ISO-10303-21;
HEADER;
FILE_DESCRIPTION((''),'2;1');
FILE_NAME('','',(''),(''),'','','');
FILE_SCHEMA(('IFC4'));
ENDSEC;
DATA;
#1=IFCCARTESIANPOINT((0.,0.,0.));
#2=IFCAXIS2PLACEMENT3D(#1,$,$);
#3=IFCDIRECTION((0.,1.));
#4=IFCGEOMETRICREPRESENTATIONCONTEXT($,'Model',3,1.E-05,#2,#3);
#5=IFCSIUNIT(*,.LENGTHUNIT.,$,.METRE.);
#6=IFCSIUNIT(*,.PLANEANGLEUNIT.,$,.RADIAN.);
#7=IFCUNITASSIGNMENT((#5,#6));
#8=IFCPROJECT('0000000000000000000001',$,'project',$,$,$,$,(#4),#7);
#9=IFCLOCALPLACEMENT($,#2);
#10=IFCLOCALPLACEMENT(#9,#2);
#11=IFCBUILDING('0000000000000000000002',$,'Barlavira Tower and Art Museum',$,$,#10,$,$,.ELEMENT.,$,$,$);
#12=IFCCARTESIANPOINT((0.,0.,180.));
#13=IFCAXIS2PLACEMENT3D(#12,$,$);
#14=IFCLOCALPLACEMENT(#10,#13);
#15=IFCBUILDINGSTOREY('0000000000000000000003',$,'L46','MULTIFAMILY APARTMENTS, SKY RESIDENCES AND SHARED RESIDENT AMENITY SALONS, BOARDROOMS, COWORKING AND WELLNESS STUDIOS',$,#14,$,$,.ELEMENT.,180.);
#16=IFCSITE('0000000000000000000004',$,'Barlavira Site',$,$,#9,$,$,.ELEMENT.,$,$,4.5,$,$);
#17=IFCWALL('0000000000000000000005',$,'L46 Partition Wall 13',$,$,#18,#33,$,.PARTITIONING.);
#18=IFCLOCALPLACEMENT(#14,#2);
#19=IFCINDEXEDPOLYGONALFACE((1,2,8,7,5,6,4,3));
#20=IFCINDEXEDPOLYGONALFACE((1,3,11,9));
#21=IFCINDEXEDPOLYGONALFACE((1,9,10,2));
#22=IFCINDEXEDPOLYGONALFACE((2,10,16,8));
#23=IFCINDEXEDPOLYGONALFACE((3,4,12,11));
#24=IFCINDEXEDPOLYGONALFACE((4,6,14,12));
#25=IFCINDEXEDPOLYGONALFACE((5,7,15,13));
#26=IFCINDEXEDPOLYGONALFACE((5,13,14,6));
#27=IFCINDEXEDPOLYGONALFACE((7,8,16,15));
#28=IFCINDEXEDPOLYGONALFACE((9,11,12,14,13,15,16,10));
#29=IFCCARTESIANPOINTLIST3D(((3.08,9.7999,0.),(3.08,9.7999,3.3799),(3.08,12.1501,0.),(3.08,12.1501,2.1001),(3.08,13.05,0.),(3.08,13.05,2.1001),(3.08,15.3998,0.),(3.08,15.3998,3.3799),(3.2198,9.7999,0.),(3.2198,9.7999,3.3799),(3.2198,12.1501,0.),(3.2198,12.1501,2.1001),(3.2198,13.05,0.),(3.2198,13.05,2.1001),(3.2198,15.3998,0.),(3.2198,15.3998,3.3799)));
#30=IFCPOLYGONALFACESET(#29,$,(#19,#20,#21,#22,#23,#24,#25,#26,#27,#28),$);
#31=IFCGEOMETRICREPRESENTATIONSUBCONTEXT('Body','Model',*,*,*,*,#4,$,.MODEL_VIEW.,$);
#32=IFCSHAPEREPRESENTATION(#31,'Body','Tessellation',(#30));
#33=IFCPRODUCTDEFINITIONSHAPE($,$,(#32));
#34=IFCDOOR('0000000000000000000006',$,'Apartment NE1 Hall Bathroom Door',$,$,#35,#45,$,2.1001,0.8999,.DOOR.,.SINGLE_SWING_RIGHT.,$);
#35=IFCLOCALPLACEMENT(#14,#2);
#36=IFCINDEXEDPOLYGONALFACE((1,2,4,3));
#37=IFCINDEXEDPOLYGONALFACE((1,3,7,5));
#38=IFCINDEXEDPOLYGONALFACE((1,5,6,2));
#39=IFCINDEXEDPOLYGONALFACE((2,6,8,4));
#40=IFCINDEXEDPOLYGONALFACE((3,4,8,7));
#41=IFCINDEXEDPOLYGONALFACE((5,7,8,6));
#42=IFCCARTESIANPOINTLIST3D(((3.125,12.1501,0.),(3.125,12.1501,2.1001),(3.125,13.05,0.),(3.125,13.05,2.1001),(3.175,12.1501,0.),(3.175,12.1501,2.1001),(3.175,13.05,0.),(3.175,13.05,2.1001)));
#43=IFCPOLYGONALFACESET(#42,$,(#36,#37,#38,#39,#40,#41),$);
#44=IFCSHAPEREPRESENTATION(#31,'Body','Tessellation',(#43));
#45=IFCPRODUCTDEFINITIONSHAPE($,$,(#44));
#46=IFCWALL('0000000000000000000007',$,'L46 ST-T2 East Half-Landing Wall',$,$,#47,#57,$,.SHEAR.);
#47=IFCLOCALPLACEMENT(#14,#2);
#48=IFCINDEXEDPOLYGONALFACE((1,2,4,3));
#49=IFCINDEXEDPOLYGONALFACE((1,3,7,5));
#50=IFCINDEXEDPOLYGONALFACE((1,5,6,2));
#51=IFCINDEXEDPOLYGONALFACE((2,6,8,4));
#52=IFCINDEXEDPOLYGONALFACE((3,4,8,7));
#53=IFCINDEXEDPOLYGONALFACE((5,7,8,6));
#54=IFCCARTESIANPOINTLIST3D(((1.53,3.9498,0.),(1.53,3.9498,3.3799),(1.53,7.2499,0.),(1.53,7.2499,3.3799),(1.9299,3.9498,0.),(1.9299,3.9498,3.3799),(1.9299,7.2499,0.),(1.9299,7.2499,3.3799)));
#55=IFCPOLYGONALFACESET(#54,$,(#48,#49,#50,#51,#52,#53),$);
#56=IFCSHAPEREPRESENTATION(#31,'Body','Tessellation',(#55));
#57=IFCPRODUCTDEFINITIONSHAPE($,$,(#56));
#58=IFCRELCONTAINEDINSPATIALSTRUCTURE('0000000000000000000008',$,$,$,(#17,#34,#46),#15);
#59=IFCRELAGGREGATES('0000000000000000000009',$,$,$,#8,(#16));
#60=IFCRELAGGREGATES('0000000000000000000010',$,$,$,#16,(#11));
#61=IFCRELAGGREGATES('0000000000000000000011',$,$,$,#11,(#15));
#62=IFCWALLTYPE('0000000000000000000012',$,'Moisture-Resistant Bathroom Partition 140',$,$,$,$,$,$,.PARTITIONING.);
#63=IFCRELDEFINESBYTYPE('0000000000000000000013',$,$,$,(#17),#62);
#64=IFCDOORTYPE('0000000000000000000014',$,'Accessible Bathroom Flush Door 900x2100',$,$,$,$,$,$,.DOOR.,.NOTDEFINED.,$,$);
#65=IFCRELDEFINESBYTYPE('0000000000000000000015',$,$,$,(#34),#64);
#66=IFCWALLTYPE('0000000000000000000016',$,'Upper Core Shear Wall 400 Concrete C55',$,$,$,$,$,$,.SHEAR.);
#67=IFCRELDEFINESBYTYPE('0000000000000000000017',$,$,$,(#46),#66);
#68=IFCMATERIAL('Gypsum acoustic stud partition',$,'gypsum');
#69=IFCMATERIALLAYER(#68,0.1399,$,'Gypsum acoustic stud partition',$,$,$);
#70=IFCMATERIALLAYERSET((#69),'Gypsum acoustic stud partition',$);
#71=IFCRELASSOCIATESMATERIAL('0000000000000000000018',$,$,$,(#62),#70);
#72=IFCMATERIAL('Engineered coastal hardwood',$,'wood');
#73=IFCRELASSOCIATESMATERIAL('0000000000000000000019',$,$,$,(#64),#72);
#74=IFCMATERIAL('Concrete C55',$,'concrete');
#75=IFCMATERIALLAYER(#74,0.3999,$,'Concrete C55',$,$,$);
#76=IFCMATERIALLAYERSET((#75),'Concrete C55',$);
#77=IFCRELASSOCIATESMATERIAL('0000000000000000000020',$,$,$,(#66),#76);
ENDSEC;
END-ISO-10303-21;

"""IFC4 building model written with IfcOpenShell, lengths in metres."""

from ifc_helpers import new_model, si_unit, direction, frame, frame_2d, origin, place, context, subcontext, project, spatial, rectangle, extrude, material, layer, layer_set, type_object, element, fill, save


model = new_model("IFC4")

# Units and contexts
model_context = context("Model", 3, precision=1e-05, world=origin(), true_north=direction((0.0, 1.0)))
body_context = subcontext(model_context, "Body", "Model", "MODEL_VIEW")
ifc_project = project(units=[si_unit("LENGTHUNIT", "METRE"), si_unit("PLANEANGLEUNIT", "RADIAN")], contexts=[model_context])

# Site, building, storey
site_placement = place(None, origin())
site = spatial("IfcSite", under=ifc_project, at=site_placement, Name="Barlavira Site", CompositionType="ELEMENT", RefElevation=4.5)
building_placement = place(site_placement, origin())
building = spatial("IfcBuilding", under=site, at=building_placement, Name="Barlavira Tower and Art Museum", CompositionType="ELEMENT")
storey_placement = place(building_placement, frame((0.0, 0.0, 180.0)))
storey = spatial("IfcBuildingStorey", under=building, at=storey_placement, Name="L46", Description="MULTIFAMILY APARTMENTS, SKY RESIDENCES AND SHARED RESIDENT AMENITY SALONS, BOARDROOMS, COWORKING AND WELLNESS STUDIOS", CompositionType="ELEMENT", Elevation=180.0)

# Shared definitions
ifc_material_1 = material(Name="Gypsum acoustic stud partition", Category="gypsum")
ifc_material_2 = material(Name="Engineered coastal hardwood", Category="wood")

# Wall, opening, door
ifc_layer_1 = layer(ifc_material_1, 0.1399, Name="Gypsum acoustic stud partition")
ifc_layer_set_1 = layer_set([ifc_layer_1], Name="Gypsum acoustic stud partition")
wall_type_1 = type_object("IfcWallType", Name="Moisture-Resistant Bathroom Partition 140", PredefinedType="PARTITIONING", material=ifc_layer_set_1)
wall_1_placement = place(storey_placement, frame((3.1499, 9.8, 0.0), z_axis=(0.0, 0.0, 1.0), x_axis=(0.0, 1.0, 0.0)))
wall_1 = element("IfcWall", 1, at=wall_1_placement, inside=storey, type_object=wall_type_1, Name="L46 Partition Wall 13", PredefinedType="PARTITIONING", context=body_context, shape_type="SweptSolid", body=[
    extrude(rectangle(XDim=5.5999, YDim=0.1399, at=frame_2d((2.7998, 0.0))), origin(), (0.0, 0.0, 1.0), 3.3799),
])
opening_1_placement = place(wall_1_placement, frame((2.3501, 0.0, 0.0)))
opening_1 = element("IfcOpeningElement", 2, at=opening_1_placement, cuts=wall_1, PredefinedType="OPENING", context=body_context, shape_type="SweptSolid", body=[
    extrude(rectangle(XDim=0.8999, YDim=2.1001, at=frame_2d((0.45, 1.05))), frame((0.0, 0.0801, 0.0), z_axis=(0.0, -1.0, 0.0), x_axis=(1.0, 0.0, 0.0)), (0.0, 0.0, 1.0), 0.1599),
])
door_type_1 = type_object("IfcDoorType", Name="Accessible Bathroom Flush Door 900x2100", OperationType="NOTDEFINED", PredefinedType="DOOR", material=ifc_material_2)
door_1_placement = place(opening_1_placement, origin())
door_1 = element("IfcDoor", 3, at=door_1_placement, inside=storey, type_object=door_type_1, Name="Apartment NE1 Hall Bathroom Door", OperationType="SINGLE_SWING_RIGHT", OverallHeight=2.1001, OverallWidth=0.8999, PredefinedType="DOOR", context=body_context, shape_type="SweptSolid", body=[
    extrude(rectangle(XDim=0.8999, YDim=2.1001, at=frame_2d((0.45, 1.05))), frame((0.0, 0.0249, 0.0), z_axis=(0.0, -1.0, 0.0), x_axis=(1.0, 0.0, 0.0)), (0.0, 0.0, 1.0), 0.05),
])
fill(opening_1, door_1)

# Wall
ifc_material_3 = material(Name="Concrete C55", Category="concrete")
ifc_layer_2 = layer(ifc_material_3, 0.3999, Name="Concrete C55")
ifc_layer_set_2 = layer_set([ifc_layer_2], Name="Concrete C55")
wall_type_2 = type_object("IfcWallType", Name="Upper Core Shear Wall 400 Concrete C55", PredefinedType="SHEAR", material=ifc_layer_set_2)
wall_2_placement = place(storey_placement, frame((1.73, 3.95, 0.0), z_axis=(0.0, 0.0, 1.0), x_axis=(0.0, 1.0, 0.0)))
element("IfcWall", 4, at=wall_2_placement, inside=storey, type_object=wall_type_2, Name="L46 ST-T2 East Half-Landing Wall", PredefinedType="SHEAR", context=body_context, shape_type="SweptSolid", body=[
    extrude(rectangle(XDim=3.3, YDim=0.3999, at=frame_2d((1.6499, 0.0))), origin(), (0.0, 0.0, 1.0), 3.3799),
])

save(model, "model.ifc")
